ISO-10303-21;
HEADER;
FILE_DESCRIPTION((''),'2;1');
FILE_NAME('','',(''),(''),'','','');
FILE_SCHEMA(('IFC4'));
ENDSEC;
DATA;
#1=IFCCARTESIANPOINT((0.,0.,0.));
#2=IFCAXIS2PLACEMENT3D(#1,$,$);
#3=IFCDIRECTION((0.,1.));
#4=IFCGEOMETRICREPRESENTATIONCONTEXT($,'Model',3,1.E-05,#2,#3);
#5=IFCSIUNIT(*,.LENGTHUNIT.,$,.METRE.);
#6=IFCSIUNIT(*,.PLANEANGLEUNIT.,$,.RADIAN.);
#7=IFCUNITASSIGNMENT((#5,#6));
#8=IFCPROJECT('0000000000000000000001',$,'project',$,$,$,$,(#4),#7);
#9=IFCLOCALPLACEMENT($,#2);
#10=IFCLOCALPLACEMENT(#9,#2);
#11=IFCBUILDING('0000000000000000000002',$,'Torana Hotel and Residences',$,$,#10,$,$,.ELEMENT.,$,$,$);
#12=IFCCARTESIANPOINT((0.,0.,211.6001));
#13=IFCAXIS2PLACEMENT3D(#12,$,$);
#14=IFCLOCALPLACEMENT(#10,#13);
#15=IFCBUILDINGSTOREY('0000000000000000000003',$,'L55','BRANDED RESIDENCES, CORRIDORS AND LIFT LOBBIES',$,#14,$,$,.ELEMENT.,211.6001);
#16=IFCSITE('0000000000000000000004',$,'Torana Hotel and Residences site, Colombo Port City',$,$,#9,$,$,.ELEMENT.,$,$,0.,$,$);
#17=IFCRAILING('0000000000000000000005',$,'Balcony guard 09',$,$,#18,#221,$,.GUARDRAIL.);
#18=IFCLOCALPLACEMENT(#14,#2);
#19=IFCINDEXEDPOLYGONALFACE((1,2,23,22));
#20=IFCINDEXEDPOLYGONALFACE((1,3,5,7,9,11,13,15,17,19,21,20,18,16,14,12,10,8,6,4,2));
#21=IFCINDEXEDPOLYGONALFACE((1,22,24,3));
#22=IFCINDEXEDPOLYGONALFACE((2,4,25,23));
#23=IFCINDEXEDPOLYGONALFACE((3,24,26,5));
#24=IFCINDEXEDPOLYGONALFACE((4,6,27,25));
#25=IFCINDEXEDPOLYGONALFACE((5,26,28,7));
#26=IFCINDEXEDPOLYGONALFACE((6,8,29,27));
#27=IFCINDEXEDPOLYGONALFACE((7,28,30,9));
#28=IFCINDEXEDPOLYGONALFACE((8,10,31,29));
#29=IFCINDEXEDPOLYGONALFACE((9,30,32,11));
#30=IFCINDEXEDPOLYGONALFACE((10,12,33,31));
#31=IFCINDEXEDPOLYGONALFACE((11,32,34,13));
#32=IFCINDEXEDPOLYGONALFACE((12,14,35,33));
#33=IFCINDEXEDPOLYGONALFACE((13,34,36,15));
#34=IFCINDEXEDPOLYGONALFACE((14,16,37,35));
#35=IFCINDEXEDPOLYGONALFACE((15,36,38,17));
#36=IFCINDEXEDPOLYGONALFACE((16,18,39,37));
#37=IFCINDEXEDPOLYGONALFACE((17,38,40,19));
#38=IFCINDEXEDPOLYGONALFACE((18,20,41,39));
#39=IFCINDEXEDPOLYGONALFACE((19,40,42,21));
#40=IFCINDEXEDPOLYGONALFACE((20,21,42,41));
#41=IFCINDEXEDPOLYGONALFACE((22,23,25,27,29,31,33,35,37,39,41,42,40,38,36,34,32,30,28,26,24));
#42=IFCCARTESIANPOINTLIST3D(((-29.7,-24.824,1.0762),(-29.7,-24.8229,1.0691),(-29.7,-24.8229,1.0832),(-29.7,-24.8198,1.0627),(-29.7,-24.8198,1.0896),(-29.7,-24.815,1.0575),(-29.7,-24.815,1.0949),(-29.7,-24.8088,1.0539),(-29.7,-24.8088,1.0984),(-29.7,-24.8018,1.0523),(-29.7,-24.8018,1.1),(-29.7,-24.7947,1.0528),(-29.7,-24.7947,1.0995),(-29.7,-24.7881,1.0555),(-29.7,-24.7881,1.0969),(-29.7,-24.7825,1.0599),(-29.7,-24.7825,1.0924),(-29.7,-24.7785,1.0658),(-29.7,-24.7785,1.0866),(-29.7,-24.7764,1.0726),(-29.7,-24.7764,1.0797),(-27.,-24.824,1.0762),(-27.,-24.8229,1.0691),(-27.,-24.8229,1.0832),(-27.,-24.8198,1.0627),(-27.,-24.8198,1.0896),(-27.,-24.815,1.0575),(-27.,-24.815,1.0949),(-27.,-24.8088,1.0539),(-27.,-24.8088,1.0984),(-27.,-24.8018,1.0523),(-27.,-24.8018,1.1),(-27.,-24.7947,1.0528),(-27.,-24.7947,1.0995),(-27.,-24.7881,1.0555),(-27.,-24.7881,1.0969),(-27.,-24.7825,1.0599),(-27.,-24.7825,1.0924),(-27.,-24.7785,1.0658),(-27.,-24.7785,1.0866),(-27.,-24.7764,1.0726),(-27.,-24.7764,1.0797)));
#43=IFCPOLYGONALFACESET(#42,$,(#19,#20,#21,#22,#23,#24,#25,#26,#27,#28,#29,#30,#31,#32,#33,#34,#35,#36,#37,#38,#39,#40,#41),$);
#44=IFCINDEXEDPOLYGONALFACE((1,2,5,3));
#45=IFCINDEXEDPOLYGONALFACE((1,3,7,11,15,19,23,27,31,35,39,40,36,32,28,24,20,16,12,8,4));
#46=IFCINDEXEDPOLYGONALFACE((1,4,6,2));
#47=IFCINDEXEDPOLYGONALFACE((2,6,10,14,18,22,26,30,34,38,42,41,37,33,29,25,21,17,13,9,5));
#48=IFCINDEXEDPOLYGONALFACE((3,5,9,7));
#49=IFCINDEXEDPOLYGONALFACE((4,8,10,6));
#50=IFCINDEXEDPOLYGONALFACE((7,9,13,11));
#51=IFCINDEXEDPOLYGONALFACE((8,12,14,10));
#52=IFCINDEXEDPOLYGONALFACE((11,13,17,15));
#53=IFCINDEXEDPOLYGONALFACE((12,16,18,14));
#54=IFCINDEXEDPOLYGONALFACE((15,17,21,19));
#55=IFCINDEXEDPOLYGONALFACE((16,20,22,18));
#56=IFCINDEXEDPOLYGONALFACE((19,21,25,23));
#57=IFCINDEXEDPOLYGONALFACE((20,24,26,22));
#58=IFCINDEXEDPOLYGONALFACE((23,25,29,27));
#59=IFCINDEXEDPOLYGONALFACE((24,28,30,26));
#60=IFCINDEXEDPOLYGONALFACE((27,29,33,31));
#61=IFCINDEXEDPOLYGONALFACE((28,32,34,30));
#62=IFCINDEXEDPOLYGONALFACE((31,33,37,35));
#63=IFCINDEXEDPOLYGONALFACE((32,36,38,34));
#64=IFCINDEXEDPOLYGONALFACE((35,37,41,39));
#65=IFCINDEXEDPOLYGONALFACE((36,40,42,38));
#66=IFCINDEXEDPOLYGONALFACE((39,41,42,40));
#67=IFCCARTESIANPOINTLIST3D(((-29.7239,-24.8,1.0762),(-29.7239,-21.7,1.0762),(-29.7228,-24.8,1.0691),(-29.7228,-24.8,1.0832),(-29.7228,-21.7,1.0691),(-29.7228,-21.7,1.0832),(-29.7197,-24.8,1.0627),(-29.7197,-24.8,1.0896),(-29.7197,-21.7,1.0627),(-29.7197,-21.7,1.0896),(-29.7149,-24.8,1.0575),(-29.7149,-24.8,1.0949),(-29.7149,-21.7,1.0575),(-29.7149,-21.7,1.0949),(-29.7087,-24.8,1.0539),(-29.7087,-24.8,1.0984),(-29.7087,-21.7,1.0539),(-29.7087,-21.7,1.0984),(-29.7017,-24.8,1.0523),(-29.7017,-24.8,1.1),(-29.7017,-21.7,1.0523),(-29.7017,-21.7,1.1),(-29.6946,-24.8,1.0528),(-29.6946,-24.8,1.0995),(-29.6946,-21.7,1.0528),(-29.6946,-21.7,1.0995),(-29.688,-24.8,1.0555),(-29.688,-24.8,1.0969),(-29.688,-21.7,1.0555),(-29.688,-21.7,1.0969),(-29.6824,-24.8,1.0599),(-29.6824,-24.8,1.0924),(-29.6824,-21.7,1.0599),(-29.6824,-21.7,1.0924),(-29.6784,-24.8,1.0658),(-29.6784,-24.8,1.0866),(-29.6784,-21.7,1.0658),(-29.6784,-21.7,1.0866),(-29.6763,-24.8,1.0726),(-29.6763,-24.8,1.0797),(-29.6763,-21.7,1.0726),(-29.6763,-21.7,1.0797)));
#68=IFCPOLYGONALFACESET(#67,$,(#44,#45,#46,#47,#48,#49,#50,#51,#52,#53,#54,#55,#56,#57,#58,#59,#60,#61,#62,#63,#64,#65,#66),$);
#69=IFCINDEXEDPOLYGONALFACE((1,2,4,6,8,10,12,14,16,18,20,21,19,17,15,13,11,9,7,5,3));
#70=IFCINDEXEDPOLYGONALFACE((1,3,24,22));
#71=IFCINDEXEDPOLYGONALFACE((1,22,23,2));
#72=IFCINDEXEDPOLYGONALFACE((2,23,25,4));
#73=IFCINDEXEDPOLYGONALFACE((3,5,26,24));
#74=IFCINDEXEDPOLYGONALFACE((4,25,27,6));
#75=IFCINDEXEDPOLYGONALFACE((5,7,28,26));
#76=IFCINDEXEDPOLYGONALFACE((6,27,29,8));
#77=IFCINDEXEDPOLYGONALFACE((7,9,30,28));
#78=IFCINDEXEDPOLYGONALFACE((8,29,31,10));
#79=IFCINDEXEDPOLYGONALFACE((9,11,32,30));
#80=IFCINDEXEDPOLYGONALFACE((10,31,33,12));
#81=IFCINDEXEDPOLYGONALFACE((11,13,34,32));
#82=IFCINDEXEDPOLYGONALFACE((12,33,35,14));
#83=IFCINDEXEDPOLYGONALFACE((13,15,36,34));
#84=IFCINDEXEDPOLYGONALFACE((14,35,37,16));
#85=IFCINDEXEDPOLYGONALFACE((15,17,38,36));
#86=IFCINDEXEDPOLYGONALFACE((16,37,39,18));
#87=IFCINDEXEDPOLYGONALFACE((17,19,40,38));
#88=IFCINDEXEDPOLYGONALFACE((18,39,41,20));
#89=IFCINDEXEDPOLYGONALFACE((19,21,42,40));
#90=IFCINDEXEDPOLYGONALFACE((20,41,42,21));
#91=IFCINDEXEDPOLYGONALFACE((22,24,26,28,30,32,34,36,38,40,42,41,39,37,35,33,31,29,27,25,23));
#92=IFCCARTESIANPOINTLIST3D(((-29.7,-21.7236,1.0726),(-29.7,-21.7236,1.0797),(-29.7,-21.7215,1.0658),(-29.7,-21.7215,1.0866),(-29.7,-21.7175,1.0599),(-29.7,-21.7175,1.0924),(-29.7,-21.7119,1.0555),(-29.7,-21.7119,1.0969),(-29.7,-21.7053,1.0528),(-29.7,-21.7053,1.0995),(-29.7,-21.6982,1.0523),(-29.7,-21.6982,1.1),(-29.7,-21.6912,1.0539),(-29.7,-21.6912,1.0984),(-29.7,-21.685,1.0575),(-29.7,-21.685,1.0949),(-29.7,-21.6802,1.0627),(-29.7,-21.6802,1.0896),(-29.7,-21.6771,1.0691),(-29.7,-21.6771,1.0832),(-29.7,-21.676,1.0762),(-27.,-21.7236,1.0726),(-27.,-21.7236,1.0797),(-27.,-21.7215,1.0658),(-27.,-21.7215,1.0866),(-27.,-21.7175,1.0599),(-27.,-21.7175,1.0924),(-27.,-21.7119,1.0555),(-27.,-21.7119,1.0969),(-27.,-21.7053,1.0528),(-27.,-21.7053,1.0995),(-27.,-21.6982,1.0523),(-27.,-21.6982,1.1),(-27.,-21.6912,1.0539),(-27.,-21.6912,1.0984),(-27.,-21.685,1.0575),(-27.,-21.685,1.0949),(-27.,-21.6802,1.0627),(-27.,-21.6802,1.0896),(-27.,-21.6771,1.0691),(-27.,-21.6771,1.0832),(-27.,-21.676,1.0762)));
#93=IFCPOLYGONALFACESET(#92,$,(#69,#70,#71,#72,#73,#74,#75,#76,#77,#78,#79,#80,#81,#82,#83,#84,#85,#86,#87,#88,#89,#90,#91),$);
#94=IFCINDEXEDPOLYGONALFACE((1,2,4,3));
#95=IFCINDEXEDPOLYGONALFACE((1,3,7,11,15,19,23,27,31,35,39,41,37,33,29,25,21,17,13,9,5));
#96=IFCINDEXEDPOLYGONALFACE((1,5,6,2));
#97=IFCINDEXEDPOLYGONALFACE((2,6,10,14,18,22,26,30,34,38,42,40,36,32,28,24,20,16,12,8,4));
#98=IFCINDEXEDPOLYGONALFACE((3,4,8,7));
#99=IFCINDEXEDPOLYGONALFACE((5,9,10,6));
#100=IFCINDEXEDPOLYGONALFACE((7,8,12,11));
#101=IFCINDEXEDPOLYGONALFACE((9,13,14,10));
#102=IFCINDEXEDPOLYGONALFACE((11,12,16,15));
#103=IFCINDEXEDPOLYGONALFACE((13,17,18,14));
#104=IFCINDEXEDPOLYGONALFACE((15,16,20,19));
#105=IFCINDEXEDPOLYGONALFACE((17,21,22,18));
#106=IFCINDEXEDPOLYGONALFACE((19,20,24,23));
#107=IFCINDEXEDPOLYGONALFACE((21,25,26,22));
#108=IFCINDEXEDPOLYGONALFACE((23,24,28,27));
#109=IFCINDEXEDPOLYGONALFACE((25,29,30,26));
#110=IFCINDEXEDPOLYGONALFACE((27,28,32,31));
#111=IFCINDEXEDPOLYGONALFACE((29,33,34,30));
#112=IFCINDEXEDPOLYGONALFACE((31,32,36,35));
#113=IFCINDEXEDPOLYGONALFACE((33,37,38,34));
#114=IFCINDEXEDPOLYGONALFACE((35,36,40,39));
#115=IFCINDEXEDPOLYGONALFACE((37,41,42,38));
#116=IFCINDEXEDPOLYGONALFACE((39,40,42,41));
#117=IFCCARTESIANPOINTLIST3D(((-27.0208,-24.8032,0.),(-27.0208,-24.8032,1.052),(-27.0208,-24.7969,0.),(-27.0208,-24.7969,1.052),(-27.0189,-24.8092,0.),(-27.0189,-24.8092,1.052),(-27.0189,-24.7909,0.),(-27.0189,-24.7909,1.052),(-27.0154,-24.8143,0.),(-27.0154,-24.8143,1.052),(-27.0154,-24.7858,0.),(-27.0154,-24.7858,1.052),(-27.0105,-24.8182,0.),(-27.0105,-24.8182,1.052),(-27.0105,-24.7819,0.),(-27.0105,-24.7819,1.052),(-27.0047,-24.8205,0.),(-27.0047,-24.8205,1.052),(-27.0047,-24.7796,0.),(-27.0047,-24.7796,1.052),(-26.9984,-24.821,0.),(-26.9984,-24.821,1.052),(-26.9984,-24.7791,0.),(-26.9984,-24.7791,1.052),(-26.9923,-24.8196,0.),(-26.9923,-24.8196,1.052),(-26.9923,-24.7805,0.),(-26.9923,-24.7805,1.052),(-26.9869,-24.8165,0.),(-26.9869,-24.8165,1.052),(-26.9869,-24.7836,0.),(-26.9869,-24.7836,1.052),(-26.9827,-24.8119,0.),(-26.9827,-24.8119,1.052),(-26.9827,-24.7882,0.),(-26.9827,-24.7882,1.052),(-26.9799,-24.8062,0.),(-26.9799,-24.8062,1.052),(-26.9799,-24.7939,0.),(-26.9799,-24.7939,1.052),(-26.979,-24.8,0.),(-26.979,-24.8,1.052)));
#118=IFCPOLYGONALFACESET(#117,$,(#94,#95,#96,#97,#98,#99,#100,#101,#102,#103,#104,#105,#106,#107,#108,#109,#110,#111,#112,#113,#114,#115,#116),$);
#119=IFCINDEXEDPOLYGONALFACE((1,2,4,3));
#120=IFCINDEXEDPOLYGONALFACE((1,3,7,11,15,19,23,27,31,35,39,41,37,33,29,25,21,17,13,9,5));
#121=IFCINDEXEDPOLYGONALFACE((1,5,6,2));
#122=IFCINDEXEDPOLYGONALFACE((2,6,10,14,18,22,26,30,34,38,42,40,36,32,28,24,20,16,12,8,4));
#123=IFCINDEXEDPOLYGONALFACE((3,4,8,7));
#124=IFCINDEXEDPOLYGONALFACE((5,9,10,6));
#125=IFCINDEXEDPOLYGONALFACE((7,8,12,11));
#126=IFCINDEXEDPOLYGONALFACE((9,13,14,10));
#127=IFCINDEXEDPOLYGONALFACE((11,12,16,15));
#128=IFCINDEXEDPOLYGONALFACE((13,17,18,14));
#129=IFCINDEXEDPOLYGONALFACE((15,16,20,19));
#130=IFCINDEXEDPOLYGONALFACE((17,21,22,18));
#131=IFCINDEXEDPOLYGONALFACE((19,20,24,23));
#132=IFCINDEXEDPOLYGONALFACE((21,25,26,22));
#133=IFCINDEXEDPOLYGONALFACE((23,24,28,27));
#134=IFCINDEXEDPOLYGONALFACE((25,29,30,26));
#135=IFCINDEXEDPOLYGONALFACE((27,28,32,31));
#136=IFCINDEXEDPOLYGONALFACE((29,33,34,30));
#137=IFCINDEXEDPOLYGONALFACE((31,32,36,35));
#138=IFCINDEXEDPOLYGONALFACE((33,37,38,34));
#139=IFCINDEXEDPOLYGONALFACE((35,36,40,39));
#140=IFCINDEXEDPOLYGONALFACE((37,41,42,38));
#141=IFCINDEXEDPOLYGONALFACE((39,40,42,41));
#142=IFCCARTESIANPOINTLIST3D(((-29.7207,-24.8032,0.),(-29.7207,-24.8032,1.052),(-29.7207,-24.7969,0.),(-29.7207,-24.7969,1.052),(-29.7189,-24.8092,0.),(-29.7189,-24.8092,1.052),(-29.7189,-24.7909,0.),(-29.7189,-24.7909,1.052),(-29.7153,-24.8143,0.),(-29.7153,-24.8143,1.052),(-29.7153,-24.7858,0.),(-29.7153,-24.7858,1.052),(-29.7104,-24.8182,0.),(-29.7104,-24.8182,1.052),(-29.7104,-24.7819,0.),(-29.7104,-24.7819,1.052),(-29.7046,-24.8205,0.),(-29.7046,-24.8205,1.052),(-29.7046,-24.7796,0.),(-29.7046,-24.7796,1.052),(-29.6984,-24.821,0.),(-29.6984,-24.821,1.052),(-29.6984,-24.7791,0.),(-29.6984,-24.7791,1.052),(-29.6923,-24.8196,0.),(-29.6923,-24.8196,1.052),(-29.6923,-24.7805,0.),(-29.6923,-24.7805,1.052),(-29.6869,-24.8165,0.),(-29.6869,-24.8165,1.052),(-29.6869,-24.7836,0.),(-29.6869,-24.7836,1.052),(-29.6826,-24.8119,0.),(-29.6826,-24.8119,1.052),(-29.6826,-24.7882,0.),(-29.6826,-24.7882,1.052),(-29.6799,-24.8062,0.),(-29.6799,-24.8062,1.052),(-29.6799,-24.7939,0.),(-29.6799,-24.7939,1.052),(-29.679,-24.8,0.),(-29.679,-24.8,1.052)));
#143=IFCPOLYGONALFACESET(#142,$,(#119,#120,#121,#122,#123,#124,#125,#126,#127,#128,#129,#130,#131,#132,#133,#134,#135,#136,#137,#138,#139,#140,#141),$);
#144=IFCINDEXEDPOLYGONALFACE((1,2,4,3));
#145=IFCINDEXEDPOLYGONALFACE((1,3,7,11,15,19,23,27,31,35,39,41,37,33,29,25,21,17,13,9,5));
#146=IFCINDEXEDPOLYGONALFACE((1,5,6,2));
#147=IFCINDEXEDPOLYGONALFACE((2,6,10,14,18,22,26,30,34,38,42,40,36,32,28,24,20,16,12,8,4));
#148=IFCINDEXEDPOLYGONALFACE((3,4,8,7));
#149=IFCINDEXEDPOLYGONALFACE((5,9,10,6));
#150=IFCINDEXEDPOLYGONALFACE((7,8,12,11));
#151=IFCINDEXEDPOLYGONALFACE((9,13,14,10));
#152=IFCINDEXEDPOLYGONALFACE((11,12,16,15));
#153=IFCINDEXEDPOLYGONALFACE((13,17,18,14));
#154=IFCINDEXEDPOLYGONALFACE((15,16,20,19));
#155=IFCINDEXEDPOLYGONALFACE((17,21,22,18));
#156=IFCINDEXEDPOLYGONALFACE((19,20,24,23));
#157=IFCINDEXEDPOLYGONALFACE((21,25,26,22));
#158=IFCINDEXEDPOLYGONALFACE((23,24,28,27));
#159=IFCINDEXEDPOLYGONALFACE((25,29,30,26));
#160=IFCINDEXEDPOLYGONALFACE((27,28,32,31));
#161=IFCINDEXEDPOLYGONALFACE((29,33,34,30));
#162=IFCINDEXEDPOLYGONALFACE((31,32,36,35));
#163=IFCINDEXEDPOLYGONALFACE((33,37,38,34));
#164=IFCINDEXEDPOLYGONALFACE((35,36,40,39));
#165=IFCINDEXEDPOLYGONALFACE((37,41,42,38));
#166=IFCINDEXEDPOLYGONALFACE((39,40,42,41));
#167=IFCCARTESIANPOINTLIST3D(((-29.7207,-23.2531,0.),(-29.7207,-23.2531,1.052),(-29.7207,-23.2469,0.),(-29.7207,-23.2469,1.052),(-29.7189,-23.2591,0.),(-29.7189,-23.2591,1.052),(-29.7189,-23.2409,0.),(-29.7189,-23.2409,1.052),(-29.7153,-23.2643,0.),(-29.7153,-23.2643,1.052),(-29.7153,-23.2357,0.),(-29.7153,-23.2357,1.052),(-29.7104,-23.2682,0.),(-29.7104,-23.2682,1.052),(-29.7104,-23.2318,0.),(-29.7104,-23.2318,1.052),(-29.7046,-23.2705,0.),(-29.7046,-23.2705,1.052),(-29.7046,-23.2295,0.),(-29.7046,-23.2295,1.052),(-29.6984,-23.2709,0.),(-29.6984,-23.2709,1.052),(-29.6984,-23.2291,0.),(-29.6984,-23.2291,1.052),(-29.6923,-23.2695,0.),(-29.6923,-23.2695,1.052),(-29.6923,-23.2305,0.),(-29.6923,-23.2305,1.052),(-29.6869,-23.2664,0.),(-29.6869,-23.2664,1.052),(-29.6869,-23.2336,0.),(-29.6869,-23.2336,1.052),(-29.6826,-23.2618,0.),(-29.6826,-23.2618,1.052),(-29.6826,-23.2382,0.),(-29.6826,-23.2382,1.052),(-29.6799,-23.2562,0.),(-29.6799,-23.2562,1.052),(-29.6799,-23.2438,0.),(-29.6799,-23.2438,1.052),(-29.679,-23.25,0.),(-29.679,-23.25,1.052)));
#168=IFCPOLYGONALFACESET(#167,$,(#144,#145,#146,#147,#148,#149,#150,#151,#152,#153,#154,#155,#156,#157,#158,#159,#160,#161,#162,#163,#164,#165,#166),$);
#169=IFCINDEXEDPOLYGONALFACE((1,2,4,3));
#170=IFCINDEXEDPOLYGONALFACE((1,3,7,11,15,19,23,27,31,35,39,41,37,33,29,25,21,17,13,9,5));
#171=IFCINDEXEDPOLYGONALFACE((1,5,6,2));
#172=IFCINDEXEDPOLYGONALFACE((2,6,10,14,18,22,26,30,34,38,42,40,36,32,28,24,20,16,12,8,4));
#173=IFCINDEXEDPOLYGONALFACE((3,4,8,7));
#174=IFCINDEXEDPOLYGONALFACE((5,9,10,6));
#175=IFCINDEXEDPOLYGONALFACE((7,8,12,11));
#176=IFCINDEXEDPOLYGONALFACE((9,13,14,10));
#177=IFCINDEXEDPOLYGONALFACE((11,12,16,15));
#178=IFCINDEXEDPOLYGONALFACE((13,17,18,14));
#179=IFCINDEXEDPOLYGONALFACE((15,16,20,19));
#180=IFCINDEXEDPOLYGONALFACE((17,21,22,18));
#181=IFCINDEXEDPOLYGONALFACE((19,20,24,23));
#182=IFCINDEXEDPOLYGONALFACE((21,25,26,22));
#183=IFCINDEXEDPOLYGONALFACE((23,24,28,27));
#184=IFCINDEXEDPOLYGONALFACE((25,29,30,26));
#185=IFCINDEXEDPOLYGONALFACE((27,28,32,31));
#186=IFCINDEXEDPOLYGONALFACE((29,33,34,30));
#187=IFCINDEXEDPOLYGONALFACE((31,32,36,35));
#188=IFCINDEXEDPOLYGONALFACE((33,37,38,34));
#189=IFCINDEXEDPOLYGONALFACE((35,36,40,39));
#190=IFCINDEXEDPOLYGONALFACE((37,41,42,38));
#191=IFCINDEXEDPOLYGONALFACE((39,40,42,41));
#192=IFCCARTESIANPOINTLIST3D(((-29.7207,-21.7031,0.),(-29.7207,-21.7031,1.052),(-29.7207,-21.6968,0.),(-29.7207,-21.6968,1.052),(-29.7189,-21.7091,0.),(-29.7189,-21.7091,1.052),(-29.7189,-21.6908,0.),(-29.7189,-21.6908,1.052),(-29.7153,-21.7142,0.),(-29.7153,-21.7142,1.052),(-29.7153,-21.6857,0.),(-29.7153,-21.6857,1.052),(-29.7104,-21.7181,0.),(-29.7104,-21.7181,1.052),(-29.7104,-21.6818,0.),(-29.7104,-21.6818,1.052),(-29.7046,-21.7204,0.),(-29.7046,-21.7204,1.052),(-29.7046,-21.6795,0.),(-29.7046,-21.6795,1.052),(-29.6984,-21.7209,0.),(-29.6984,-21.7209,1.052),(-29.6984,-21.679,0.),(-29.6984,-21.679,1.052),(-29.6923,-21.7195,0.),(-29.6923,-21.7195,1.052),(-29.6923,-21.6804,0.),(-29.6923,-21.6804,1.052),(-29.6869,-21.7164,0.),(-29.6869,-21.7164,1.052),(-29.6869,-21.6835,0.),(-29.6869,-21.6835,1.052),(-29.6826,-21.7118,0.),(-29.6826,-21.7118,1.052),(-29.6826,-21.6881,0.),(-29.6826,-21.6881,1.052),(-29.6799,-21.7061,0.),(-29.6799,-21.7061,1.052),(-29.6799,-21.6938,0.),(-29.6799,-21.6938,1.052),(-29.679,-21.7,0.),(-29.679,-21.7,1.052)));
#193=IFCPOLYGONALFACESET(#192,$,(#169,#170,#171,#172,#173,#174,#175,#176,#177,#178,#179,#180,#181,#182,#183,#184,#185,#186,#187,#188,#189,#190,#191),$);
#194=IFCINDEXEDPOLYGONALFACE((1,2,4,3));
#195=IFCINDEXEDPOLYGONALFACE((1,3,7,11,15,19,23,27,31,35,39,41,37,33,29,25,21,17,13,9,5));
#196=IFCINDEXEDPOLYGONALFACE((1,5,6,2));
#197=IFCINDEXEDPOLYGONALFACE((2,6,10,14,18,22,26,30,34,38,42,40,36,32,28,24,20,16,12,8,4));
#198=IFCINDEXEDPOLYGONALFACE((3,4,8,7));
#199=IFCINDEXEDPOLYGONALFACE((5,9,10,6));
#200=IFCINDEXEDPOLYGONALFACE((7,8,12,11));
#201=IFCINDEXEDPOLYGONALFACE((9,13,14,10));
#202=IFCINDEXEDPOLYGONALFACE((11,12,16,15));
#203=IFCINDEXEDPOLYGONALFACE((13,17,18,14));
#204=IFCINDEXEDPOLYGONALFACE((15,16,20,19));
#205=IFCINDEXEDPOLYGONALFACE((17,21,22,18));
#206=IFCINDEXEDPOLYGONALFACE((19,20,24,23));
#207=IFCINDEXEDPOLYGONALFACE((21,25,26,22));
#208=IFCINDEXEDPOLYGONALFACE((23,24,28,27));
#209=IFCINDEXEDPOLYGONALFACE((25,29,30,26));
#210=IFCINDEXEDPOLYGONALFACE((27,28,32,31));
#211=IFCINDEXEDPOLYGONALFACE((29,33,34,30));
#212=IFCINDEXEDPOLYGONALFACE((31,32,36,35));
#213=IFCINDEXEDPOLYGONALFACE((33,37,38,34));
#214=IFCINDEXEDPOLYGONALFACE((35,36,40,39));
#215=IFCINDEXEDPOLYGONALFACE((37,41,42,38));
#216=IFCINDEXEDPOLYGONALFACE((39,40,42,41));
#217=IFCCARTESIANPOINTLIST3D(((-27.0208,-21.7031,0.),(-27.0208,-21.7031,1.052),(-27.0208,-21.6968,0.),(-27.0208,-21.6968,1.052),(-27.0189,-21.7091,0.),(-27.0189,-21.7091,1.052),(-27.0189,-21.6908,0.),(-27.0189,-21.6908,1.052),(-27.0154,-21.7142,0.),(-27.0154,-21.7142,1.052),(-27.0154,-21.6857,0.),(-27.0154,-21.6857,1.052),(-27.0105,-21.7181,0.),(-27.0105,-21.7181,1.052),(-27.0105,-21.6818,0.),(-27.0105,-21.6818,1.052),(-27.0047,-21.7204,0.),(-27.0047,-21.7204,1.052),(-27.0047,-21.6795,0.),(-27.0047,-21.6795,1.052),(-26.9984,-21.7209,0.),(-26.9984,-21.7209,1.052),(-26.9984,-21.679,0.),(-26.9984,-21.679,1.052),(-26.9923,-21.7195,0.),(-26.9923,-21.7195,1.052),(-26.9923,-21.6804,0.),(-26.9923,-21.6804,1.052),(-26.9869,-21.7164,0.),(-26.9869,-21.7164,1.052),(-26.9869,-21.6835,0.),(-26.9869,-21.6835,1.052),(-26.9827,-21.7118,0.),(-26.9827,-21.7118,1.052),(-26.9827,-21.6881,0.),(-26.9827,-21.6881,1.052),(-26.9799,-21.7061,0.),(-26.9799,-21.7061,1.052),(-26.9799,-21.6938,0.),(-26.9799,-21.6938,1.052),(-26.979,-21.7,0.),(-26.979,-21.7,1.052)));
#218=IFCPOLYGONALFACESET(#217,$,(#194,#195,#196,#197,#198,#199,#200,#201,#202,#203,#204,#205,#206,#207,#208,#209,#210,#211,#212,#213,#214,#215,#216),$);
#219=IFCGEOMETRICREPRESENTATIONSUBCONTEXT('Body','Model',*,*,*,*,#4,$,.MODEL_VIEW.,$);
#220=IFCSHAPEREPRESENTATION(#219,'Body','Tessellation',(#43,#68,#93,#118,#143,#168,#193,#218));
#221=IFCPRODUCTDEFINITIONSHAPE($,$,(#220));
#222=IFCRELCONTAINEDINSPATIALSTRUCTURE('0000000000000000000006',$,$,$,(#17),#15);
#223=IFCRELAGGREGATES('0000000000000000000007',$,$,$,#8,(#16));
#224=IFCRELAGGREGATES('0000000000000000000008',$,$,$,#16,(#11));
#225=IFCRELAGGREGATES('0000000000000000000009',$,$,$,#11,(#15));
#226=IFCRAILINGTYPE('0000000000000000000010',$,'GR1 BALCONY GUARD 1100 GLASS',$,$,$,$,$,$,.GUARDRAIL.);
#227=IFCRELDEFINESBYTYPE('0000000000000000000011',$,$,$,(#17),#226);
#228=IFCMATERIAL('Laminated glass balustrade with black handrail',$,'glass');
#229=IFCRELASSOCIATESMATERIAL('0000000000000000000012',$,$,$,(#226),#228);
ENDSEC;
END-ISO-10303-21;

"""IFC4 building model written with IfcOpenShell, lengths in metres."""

from ifc_helpers import new_model, si_unit, direction, frame, origin, origin_2d, place, context, subcontext, project, spatial, circle, extrude, material, type_object, element, save


model = new_model("IFC4")

# Units and contexts
model_context = context("Model", 3, precision=1e-05, world=origin(), true_north=direction((0.0, 1.0)))
body_context = subcontext(model_context, "Body", "Model", "MODEL_VIEW")
ifc_project = project(units=[si_unit("LENGTHUNIT", "METRE"), si_unit("PLANEANGLEUNIT", "RADIAN")], contexts=[model_context])

# Site, building, storey
site_placement = place(None, origin())
site = spatial("IfcSite", under=ifc_project, at=site_placement, Name="Torana Hotel and Residences site, Colombo Port City", CompositionType="ELEMENT", RefElevation=0.0)
building_placement = place(site_placement, origin())
building = spatial("IfcBuilding", under=site, at=building_placement, Name="Torana Hotel and Residences", CompositionType="ELEMENT")
storey_placement = place(building_placement, frame((0.0, 0.0, 211.6001)))
storey = spatial("IfcBuildingStorey", under=building, at=storey_placement, Name="L55", Description="BRANDED RESIDENCES, CORRIDORS AND LIFT LOBBIES", CompositionType="ELEMENT", Elevation=211.6001)

# Railing
ifc_material_1 = material(Name="Laminated glass balustrade with black handrail", Category="glass")
railing_type = type_object("IfcRailingType", Name="GR1 BALCONY GUARD 1100 GLASS", PredefinedType="GUARDRAIL", material=ifc_material_1)
railing_1_placement = place(storey_placement, frame((-27.0, -24.8, 0.0)))
element("IfcRailing", 1, at=railing_1_placement, inside=storey, type_object=railing_type, Name="Balcony guard 09", PredefinedType="GUARDRAIL", context=body_context, shape_type="SweptSolid", body=[
    extrude(circle(Radius=0.0239, at=origin_2d()), frame((0.0, 0.0, 1.0762), z_axis=(-1.0, 0.0, 0.0), x_axis=(0.0, -1.0, 0.0)), (0.0, 0.0, 1.0), 2.7),
    extrude(circle(Radius=0.0239, at=origin_2d()), frame((-2.7, 0.0, 1.0762), z_axis=(0.0, 1.0, 0.0), x_axis=(-1.0, 0.0, 0.0)), (0.0, 0.0, 1.0), 3.1001),
    extrude(circle(Radius=0.0239, at=origin_2d()), frame((-2.7, 3.1001, 1.0762), z_axis=(1.0, 0.0, 0.0), x_axis=(0.0, 1.0, 0.0)), (0.0, 0.0, 1.0), 2.7),
    extrude(circle(Radius=0.021, at=origin_2d()), origin(), (0.0, 0.0, 1.0), 1.052),
    extrude(circle(Radius=0.021, at=origin_2d()), frame((-2.7, 0.0, 0.0)), (0.0, 0.0, 1.0), 1.052),
    extrude(circle(Radius=0.021, at=origin_2d()), frame((-2.7, 1.55, 0.0)), (0.0, 0.0, 1.0), 1.052),
    extrude(circle(Radius=0.021, at=origin_2d()), frame((-2.7, 3.1001, 0.0)), (0.0, 0.0, 1.0), 1.052),
    extrude(circle(Radius=0.021, at=origin_2d()), frame((0.0, 3.1001, 0.0)), (0.0, 0.0, 1.0), 1.052),
])

save(model, "model.ifc")
